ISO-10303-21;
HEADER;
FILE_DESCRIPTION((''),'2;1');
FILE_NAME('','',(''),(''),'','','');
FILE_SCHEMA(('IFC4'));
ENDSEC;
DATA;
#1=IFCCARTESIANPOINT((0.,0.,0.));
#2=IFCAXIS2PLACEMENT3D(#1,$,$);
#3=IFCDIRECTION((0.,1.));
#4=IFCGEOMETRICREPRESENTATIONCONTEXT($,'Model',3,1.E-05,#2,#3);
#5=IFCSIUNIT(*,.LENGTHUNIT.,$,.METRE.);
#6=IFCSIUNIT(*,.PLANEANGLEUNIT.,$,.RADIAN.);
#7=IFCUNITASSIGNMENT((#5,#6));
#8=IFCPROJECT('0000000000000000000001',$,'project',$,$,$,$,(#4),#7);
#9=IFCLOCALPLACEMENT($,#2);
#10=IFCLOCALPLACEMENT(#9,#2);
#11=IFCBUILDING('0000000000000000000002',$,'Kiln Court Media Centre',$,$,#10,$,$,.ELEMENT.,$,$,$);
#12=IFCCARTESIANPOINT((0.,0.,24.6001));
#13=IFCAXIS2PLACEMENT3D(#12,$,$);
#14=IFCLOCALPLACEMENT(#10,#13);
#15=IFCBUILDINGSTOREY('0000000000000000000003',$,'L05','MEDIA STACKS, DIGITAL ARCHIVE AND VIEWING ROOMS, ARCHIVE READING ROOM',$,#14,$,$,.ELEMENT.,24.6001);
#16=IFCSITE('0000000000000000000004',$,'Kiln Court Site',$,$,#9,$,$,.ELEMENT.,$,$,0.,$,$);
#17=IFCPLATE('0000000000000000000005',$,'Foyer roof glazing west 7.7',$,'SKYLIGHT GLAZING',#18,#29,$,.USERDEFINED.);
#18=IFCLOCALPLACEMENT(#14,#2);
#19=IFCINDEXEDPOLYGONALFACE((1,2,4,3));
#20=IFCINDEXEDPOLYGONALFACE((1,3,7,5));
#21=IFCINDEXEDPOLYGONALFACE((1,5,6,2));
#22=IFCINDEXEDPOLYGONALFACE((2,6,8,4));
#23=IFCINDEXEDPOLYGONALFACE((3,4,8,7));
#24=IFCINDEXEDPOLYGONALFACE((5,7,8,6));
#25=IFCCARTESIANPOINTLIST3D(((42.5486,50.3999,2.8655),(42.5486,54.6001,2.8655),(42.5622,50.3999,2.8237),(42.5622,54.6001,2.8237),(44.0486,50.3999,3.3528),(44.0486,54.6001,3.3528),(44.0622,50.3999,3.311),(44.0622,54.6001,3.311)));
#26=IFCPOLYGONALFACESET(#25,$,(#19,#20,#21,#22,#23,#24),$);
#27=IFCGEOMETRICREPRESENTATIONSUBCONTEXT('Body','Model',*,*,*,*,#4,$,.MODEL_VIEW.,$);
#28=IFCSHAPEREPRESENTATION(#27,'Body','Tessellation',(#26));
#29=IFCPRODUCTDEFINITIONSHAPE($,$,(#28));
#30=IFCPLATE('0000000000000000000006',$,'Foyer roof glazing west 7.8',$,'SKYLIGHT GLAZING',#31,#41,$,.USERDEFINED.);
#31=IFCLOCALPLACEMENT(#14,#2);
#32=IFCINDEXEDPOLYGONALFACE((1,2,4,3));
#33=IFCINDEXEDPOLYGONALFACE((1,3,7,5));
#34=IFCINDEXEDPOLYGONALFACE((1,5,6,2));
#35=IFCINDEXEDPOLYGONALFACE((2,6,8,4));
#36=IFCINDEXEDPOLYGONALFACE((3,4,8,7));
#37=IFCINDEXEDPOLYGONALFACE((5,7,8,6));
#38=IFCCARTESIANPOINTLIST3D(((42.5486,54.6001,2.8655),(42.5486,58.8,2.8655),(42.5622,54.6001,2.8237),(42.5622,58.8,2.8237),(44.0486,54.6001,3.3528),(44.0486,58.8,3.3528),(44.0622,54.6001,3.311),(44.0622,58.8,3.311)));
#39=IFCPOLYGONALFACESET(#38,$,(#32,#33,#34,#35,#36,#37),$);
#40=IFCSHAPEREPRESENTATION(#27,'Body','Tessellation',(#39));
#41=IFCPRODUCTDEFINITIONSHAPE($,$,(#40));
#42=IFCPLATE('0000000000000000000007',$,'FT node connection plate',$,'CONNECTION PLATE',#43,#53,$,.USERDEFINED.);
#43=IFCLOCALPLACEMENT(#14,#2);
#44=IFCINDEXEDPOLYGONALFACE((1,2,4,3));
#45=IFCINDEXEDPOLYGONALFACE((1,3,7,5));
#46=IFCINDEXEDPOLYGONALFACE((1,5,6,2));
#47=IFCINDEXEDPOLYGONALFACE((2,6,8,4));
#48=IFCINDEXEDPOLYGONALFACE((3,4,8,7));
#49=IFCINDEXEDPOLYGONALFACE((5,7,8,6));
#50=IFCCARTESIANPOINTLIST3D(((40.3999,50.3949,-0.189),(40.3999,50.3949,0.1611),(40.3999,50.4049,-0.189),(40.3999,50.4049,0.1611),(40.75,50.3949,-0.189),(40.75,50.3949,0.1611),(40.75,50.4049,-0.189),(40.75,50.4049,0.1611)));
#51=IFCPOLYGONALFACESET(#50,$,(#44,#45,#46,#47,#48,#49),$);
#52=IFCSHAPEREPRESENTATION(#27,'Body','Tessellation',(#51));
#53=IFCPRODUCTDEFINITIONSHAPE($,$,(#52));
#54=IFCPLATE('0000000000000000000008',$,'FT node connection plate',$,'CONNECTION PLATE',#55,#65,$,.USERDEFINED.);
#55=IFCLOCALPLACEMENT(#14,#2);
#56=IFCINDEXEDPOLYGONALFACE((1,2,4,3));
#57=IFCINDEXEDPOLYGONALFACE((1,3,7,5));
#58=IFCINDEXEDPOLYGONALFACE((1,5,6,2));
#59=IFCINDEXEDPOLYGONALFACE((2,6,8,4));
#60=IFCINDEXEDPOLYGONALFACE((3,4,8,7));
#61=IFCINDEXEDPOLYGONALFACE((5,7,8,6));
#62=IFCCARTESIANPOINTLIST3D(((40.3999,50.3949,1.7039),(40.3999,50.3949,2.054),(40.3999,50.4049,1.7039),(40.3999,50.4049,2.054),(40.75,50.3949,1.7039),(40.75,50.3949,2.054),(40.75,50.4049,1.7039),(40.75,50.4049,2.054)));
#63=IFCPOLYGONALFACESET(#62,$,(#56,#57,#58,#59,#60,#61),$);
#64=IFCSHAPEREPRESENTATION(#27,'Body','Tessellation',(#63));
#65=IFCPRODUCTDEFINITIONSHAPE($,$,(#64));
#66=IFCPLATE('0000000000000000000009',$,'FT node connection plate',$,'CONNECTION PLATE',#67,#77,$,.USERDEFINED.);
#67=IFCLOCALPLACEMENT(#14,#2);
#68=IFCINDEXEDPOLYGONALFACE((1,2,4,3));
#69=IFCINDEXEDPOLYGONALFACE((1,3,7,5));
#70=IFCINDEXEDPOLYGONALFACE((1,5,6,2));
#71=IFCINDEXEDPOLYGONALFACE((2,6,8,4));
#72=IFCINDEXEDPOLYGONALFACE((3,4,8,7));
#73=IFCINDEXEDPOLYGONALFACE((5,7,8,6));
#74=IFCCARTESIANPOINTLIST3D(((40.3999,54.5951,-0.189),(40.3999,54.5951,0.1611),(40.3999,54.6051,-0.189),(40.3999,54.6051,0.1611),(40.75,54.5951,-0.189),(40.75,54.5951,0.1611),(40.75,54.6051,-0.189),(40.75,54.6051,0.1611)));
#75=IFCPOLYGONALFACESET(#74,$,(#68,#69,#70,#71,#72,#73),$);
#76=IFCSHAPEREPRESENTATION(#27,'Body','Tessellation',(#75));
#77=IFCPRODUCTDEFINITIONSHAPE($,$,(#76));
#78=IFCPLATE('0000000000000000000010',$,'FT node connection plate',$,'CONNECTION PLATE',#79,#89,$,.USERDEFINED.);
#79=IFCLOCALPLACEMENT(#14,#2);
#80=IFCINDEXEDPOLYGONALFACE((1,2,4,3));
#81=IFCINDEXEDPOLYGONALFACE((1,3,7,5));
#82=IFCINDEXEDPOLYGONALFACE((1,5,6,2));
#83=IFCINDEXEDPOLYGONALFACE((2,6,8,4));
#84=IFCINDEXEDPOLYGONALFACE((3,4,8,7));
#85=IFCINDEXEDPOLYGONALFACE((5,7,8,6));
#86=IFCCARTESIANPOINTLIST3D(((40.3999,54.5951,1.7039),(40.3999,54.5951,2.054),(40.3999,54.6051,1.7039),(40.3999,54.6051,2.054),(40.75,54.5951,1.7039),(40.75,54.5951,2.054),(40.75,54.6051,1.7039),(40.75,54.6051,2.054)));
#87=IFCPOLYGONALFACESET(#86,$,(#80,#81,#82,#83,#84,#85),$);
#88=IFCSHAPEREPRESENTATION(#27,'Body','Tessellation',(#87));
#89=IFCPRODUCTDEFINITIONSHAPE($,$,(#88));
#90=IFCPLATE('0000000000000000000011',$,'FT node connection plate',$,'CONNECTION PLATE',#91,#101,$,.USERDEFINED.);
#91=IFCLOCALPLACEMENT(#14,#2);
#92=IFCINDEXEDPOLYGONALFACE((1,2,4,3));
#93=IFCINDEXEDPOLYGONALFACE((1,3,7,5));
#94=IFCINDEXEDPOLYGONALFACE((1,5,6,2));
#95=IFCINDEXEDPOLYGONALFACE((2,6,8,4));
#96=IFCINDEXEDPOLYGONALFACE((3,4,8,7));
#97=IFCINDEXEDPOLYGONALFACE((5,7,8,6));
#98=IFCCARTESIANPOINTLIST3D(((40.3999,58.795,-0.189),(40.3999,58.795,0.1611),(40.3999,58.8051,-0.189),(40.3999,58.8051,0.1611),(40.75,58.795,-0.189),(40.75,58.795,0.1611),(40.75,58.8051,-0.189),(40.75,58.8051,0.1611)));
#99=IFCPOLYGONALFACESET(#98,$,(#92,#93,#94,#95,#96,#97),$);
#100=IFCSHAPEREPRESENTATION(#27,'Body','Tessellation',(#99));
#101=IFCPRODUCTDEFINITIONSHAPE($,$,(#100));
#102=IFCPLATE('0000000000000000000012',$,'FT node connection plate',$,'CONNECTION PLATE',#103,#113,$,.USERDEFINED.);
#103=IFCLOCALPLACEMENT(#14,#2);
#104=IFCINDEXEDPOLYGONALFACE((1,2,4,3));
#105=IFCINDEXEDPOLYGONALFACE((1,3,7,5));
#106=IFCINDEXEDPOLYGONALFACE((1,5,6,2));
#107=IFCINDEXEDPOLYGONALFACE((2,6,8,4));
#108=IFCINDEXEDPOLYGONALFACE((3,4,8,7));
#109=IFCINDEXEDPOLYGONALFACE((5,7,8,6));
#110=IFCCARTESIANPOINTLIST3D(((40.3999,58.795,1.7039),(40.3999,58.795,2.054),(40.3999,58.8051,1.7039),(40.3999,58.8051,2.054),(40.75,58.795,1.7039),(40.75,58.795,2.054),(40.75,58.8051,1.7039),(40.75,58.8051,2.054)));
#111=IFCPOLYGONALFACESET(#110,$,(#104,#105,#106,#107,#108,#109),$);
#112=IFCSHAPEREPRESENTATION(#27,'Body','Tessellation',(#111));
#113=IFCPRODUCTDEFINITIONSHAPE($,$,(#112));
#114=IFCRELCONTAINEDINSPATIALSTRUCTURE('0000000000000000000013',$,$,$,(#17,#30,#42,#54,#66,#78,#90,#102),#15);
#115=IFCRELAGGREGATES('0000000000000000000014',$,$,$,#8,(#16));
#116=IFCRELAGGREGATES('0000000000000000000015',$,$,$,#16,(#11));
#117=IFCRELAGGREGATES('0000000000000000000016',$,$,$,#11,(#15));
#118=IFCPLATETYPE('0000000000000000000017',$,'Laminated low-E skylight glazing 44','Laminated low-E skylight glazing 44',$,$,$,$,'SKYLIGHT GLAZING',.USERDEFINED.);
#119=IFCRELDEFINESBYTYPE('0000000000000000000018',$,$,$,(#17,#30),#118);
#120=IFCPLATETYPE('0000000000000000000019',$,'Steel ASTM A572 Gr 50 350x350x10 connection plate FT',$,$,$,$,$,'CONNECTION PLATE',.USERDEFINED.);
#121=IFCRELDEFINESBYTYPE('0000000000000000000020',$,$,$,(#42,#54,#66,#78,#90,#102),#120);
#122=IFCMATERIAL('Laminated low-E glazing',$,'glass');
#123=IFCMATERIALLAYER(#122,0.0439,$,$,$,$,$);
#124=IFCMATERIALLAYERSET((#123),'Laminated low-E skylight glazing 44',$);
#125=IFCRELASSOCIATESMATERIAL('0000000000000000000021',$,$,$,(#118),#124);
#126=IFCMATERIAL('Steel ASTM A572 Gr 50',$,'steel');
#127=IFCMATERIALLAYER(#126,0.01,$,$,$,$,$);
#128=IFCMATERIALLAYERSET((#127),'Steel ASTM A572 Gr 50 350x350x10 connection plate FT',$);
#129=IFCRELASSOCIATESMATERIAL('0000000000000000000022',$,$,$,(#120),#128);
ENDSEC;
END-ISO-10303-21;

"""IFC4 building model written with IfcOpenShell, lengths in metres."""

from ifc_helpers import new_model, si_unit, direction, frame, origin, origin_2d, place, context, subcontext, project, spatial, polyline, rectangle, outline, extrude, material, layer, layer_set, type_object, element, save


model = new_model("IFC4")

# Units and contexts
model_context = context("Model", 3, precision=1e-05, world=origin(), true_north=direction((0.0, 1.0)))
body_context = subcontext(model_context, "Body", "Model", "MODEL_VIEW")
ifc_project = project(units=[si_unit("LENGTHUNIT", "METRE"), si_unit("PLANEANGLEUNIT", "RADIAN")], contexts=[model_context])

# Site, building, storey
site_placement = place(None, origin())
site = spatial("IfcSite", under=ifc_project, at=site_placement, Name="Kiln Court Site", CompositionType="ELEMENT", RefElevation=0.0)
building_placement = place(site_placement, origin())
building = spatial("IfcBuilding", under=site, at=building_placement, Name="Kiln Court Media Centre", CompositionType="ELEMENT")
storey_placement = place(building_placement, frame((0.0, 0.0, 24.6001)))
storey = spatial("IfcBuildingStorey", under=building, at=storey_placement, Name="L05", Description="MEDIA STACKS, DIGITAL ARCHIVE AND VIEWING ROOMS, ARCHIVE READING ROOM", CompositionType="ELEMENT", Elevation=24.6001)

# Plates
ifc_material_1 = material(Name="Laminated low-E glazing", Category="glass")
ifc_layer_1 = layer(ifc_material_1, 0.0439)
ifc_layer_set_1 = layer_set([ifc_layer_1], Name="Laminated low-E skylight glazing 44")
plate_type_1 = type_object("IfcPlateType", Name="Laminated low-E skylight glazing 44", Description="Laminated low-E skylight glazing 44", ElementType="SKYLIGHT GLAZING", PredefinedType="USERDEFINED", material=ifc_layer_set_1)
plate_1_placement = place(storey_placement, frame((42.5486, 50.3999, 2.8655), z_axis=(-0.308974, 0.0, 0.95107), x_axis=(0.95107, 0.0, 0.308974)))
element("IfcPlate", 1, at=plate_1_placement, inside=storey, type_object=plate_type_1, Name="Foyer roof glazing west 7.7", ObjectType="SKYLIGHT GLAZING", PredefinedType="USERDEFINED", context=body_context, shape_type="SweptSolid", body=[
    extrude(outline(polyline([(0.0, 0.0), (1.5772, 0.0), (1.5772, 4.2002), (0.0, 4.2002), (0.0, 0.0)])), origin(), (0.0, 0.0, -1.0), 0.0439),
])
plate_2_placement = place(storey_placement, frame((42.5486, 54.6001, 2.8655), z_axis=(-0.308974, 0.0, 0.95107), x_axis=(0.95107, 0.0, 0.308974)))
element("IfcPlate", 2, at=plate_2_placement, inside=storey, type_object=plate_type_1, Name="Foyer roof glazing west 7.8", ObjectType="SKYLIGHT GLAZING", PredefinedType="USERDEFINED", context=body_context, shape_type="SweptSolid", body=[
    extrude(outline(polyline([(0.0, 0.0), (1.5772, 0.0), (1.5772, 4.2), (0.0, 4.2), (0.0, 0.0)])), origin(), (0.0, 0.0, -1.0), 0.0439),
])
ifc_material_2 = material(Name="Steel ASTM A572 Gr 50", Category="steel")
ifc_layer_2 = layer(ifc_material_2, 0.01)
ifc_layer_set_2 = layer_set([ifc_layer_2], Name="Steel ASTM A572 Gr 50 350x350x10 connection plate FT")
plate_type_2 = type_object("IfcPlateType", Name="Steel ASTM A572 Gr 50 350x350x10 connection plate FT", ElementType="CONNECTION PLATE", PredefinedType="USERDEFINED", material=ifc_layer_set_2)
for number, where, z_axis, x_axis, name in (
    (3, (40.575, 50.3999, -0.189), (0.0, 0.0, 1.0), (1.0, 0.0, 0.0), "FT node connection plate"),
    (4, (40.575, 50.3999, 1.7039), (0.0, 0.0, 1.0), (1.0, 0.0, 0.0), "FT node connection plate"),
    (5, (40.575, 54.6001, -0.189), (0.0, 0.0, 1.0), (1.0, 0.0, 0.0), "FT node connection plate"),
    (6, (40.575, 54.6001, 1.7039), (0.0, 0.0, 1.0), (1.0, 0.0, 0.0), "FT node connection plate"),
    (7, (40.575, 58.8, -0.189), (0.0, 0.0, 1.0), (1.0, 0.0, 0.0), "FT node connection plate"),
    (8, (40.575, 58.8, 1.7039), (0.0, 0.0, 1.0), (1.0, 0.0, 0.0), "FT node connection plate"),
):
    element("IfcPlate", number, at=place(storey_placement, frame(where, z_axis=z_axis, x_axis=x_axis)), inside=storey, type_object=plate_type_2, Name=name, ObjectType="CONNECTION PLATE", PredefinedType="USERDEFINED", context=body_context, shape_type="SweptSolid", body=[
        extrude(rectangle(XDim=0.3501, YDim=0.01, at=origin_2d()), origin(), (0.0, 0.0, 1.0), 0.3501),
    ])

save(model, "model.ifc")
